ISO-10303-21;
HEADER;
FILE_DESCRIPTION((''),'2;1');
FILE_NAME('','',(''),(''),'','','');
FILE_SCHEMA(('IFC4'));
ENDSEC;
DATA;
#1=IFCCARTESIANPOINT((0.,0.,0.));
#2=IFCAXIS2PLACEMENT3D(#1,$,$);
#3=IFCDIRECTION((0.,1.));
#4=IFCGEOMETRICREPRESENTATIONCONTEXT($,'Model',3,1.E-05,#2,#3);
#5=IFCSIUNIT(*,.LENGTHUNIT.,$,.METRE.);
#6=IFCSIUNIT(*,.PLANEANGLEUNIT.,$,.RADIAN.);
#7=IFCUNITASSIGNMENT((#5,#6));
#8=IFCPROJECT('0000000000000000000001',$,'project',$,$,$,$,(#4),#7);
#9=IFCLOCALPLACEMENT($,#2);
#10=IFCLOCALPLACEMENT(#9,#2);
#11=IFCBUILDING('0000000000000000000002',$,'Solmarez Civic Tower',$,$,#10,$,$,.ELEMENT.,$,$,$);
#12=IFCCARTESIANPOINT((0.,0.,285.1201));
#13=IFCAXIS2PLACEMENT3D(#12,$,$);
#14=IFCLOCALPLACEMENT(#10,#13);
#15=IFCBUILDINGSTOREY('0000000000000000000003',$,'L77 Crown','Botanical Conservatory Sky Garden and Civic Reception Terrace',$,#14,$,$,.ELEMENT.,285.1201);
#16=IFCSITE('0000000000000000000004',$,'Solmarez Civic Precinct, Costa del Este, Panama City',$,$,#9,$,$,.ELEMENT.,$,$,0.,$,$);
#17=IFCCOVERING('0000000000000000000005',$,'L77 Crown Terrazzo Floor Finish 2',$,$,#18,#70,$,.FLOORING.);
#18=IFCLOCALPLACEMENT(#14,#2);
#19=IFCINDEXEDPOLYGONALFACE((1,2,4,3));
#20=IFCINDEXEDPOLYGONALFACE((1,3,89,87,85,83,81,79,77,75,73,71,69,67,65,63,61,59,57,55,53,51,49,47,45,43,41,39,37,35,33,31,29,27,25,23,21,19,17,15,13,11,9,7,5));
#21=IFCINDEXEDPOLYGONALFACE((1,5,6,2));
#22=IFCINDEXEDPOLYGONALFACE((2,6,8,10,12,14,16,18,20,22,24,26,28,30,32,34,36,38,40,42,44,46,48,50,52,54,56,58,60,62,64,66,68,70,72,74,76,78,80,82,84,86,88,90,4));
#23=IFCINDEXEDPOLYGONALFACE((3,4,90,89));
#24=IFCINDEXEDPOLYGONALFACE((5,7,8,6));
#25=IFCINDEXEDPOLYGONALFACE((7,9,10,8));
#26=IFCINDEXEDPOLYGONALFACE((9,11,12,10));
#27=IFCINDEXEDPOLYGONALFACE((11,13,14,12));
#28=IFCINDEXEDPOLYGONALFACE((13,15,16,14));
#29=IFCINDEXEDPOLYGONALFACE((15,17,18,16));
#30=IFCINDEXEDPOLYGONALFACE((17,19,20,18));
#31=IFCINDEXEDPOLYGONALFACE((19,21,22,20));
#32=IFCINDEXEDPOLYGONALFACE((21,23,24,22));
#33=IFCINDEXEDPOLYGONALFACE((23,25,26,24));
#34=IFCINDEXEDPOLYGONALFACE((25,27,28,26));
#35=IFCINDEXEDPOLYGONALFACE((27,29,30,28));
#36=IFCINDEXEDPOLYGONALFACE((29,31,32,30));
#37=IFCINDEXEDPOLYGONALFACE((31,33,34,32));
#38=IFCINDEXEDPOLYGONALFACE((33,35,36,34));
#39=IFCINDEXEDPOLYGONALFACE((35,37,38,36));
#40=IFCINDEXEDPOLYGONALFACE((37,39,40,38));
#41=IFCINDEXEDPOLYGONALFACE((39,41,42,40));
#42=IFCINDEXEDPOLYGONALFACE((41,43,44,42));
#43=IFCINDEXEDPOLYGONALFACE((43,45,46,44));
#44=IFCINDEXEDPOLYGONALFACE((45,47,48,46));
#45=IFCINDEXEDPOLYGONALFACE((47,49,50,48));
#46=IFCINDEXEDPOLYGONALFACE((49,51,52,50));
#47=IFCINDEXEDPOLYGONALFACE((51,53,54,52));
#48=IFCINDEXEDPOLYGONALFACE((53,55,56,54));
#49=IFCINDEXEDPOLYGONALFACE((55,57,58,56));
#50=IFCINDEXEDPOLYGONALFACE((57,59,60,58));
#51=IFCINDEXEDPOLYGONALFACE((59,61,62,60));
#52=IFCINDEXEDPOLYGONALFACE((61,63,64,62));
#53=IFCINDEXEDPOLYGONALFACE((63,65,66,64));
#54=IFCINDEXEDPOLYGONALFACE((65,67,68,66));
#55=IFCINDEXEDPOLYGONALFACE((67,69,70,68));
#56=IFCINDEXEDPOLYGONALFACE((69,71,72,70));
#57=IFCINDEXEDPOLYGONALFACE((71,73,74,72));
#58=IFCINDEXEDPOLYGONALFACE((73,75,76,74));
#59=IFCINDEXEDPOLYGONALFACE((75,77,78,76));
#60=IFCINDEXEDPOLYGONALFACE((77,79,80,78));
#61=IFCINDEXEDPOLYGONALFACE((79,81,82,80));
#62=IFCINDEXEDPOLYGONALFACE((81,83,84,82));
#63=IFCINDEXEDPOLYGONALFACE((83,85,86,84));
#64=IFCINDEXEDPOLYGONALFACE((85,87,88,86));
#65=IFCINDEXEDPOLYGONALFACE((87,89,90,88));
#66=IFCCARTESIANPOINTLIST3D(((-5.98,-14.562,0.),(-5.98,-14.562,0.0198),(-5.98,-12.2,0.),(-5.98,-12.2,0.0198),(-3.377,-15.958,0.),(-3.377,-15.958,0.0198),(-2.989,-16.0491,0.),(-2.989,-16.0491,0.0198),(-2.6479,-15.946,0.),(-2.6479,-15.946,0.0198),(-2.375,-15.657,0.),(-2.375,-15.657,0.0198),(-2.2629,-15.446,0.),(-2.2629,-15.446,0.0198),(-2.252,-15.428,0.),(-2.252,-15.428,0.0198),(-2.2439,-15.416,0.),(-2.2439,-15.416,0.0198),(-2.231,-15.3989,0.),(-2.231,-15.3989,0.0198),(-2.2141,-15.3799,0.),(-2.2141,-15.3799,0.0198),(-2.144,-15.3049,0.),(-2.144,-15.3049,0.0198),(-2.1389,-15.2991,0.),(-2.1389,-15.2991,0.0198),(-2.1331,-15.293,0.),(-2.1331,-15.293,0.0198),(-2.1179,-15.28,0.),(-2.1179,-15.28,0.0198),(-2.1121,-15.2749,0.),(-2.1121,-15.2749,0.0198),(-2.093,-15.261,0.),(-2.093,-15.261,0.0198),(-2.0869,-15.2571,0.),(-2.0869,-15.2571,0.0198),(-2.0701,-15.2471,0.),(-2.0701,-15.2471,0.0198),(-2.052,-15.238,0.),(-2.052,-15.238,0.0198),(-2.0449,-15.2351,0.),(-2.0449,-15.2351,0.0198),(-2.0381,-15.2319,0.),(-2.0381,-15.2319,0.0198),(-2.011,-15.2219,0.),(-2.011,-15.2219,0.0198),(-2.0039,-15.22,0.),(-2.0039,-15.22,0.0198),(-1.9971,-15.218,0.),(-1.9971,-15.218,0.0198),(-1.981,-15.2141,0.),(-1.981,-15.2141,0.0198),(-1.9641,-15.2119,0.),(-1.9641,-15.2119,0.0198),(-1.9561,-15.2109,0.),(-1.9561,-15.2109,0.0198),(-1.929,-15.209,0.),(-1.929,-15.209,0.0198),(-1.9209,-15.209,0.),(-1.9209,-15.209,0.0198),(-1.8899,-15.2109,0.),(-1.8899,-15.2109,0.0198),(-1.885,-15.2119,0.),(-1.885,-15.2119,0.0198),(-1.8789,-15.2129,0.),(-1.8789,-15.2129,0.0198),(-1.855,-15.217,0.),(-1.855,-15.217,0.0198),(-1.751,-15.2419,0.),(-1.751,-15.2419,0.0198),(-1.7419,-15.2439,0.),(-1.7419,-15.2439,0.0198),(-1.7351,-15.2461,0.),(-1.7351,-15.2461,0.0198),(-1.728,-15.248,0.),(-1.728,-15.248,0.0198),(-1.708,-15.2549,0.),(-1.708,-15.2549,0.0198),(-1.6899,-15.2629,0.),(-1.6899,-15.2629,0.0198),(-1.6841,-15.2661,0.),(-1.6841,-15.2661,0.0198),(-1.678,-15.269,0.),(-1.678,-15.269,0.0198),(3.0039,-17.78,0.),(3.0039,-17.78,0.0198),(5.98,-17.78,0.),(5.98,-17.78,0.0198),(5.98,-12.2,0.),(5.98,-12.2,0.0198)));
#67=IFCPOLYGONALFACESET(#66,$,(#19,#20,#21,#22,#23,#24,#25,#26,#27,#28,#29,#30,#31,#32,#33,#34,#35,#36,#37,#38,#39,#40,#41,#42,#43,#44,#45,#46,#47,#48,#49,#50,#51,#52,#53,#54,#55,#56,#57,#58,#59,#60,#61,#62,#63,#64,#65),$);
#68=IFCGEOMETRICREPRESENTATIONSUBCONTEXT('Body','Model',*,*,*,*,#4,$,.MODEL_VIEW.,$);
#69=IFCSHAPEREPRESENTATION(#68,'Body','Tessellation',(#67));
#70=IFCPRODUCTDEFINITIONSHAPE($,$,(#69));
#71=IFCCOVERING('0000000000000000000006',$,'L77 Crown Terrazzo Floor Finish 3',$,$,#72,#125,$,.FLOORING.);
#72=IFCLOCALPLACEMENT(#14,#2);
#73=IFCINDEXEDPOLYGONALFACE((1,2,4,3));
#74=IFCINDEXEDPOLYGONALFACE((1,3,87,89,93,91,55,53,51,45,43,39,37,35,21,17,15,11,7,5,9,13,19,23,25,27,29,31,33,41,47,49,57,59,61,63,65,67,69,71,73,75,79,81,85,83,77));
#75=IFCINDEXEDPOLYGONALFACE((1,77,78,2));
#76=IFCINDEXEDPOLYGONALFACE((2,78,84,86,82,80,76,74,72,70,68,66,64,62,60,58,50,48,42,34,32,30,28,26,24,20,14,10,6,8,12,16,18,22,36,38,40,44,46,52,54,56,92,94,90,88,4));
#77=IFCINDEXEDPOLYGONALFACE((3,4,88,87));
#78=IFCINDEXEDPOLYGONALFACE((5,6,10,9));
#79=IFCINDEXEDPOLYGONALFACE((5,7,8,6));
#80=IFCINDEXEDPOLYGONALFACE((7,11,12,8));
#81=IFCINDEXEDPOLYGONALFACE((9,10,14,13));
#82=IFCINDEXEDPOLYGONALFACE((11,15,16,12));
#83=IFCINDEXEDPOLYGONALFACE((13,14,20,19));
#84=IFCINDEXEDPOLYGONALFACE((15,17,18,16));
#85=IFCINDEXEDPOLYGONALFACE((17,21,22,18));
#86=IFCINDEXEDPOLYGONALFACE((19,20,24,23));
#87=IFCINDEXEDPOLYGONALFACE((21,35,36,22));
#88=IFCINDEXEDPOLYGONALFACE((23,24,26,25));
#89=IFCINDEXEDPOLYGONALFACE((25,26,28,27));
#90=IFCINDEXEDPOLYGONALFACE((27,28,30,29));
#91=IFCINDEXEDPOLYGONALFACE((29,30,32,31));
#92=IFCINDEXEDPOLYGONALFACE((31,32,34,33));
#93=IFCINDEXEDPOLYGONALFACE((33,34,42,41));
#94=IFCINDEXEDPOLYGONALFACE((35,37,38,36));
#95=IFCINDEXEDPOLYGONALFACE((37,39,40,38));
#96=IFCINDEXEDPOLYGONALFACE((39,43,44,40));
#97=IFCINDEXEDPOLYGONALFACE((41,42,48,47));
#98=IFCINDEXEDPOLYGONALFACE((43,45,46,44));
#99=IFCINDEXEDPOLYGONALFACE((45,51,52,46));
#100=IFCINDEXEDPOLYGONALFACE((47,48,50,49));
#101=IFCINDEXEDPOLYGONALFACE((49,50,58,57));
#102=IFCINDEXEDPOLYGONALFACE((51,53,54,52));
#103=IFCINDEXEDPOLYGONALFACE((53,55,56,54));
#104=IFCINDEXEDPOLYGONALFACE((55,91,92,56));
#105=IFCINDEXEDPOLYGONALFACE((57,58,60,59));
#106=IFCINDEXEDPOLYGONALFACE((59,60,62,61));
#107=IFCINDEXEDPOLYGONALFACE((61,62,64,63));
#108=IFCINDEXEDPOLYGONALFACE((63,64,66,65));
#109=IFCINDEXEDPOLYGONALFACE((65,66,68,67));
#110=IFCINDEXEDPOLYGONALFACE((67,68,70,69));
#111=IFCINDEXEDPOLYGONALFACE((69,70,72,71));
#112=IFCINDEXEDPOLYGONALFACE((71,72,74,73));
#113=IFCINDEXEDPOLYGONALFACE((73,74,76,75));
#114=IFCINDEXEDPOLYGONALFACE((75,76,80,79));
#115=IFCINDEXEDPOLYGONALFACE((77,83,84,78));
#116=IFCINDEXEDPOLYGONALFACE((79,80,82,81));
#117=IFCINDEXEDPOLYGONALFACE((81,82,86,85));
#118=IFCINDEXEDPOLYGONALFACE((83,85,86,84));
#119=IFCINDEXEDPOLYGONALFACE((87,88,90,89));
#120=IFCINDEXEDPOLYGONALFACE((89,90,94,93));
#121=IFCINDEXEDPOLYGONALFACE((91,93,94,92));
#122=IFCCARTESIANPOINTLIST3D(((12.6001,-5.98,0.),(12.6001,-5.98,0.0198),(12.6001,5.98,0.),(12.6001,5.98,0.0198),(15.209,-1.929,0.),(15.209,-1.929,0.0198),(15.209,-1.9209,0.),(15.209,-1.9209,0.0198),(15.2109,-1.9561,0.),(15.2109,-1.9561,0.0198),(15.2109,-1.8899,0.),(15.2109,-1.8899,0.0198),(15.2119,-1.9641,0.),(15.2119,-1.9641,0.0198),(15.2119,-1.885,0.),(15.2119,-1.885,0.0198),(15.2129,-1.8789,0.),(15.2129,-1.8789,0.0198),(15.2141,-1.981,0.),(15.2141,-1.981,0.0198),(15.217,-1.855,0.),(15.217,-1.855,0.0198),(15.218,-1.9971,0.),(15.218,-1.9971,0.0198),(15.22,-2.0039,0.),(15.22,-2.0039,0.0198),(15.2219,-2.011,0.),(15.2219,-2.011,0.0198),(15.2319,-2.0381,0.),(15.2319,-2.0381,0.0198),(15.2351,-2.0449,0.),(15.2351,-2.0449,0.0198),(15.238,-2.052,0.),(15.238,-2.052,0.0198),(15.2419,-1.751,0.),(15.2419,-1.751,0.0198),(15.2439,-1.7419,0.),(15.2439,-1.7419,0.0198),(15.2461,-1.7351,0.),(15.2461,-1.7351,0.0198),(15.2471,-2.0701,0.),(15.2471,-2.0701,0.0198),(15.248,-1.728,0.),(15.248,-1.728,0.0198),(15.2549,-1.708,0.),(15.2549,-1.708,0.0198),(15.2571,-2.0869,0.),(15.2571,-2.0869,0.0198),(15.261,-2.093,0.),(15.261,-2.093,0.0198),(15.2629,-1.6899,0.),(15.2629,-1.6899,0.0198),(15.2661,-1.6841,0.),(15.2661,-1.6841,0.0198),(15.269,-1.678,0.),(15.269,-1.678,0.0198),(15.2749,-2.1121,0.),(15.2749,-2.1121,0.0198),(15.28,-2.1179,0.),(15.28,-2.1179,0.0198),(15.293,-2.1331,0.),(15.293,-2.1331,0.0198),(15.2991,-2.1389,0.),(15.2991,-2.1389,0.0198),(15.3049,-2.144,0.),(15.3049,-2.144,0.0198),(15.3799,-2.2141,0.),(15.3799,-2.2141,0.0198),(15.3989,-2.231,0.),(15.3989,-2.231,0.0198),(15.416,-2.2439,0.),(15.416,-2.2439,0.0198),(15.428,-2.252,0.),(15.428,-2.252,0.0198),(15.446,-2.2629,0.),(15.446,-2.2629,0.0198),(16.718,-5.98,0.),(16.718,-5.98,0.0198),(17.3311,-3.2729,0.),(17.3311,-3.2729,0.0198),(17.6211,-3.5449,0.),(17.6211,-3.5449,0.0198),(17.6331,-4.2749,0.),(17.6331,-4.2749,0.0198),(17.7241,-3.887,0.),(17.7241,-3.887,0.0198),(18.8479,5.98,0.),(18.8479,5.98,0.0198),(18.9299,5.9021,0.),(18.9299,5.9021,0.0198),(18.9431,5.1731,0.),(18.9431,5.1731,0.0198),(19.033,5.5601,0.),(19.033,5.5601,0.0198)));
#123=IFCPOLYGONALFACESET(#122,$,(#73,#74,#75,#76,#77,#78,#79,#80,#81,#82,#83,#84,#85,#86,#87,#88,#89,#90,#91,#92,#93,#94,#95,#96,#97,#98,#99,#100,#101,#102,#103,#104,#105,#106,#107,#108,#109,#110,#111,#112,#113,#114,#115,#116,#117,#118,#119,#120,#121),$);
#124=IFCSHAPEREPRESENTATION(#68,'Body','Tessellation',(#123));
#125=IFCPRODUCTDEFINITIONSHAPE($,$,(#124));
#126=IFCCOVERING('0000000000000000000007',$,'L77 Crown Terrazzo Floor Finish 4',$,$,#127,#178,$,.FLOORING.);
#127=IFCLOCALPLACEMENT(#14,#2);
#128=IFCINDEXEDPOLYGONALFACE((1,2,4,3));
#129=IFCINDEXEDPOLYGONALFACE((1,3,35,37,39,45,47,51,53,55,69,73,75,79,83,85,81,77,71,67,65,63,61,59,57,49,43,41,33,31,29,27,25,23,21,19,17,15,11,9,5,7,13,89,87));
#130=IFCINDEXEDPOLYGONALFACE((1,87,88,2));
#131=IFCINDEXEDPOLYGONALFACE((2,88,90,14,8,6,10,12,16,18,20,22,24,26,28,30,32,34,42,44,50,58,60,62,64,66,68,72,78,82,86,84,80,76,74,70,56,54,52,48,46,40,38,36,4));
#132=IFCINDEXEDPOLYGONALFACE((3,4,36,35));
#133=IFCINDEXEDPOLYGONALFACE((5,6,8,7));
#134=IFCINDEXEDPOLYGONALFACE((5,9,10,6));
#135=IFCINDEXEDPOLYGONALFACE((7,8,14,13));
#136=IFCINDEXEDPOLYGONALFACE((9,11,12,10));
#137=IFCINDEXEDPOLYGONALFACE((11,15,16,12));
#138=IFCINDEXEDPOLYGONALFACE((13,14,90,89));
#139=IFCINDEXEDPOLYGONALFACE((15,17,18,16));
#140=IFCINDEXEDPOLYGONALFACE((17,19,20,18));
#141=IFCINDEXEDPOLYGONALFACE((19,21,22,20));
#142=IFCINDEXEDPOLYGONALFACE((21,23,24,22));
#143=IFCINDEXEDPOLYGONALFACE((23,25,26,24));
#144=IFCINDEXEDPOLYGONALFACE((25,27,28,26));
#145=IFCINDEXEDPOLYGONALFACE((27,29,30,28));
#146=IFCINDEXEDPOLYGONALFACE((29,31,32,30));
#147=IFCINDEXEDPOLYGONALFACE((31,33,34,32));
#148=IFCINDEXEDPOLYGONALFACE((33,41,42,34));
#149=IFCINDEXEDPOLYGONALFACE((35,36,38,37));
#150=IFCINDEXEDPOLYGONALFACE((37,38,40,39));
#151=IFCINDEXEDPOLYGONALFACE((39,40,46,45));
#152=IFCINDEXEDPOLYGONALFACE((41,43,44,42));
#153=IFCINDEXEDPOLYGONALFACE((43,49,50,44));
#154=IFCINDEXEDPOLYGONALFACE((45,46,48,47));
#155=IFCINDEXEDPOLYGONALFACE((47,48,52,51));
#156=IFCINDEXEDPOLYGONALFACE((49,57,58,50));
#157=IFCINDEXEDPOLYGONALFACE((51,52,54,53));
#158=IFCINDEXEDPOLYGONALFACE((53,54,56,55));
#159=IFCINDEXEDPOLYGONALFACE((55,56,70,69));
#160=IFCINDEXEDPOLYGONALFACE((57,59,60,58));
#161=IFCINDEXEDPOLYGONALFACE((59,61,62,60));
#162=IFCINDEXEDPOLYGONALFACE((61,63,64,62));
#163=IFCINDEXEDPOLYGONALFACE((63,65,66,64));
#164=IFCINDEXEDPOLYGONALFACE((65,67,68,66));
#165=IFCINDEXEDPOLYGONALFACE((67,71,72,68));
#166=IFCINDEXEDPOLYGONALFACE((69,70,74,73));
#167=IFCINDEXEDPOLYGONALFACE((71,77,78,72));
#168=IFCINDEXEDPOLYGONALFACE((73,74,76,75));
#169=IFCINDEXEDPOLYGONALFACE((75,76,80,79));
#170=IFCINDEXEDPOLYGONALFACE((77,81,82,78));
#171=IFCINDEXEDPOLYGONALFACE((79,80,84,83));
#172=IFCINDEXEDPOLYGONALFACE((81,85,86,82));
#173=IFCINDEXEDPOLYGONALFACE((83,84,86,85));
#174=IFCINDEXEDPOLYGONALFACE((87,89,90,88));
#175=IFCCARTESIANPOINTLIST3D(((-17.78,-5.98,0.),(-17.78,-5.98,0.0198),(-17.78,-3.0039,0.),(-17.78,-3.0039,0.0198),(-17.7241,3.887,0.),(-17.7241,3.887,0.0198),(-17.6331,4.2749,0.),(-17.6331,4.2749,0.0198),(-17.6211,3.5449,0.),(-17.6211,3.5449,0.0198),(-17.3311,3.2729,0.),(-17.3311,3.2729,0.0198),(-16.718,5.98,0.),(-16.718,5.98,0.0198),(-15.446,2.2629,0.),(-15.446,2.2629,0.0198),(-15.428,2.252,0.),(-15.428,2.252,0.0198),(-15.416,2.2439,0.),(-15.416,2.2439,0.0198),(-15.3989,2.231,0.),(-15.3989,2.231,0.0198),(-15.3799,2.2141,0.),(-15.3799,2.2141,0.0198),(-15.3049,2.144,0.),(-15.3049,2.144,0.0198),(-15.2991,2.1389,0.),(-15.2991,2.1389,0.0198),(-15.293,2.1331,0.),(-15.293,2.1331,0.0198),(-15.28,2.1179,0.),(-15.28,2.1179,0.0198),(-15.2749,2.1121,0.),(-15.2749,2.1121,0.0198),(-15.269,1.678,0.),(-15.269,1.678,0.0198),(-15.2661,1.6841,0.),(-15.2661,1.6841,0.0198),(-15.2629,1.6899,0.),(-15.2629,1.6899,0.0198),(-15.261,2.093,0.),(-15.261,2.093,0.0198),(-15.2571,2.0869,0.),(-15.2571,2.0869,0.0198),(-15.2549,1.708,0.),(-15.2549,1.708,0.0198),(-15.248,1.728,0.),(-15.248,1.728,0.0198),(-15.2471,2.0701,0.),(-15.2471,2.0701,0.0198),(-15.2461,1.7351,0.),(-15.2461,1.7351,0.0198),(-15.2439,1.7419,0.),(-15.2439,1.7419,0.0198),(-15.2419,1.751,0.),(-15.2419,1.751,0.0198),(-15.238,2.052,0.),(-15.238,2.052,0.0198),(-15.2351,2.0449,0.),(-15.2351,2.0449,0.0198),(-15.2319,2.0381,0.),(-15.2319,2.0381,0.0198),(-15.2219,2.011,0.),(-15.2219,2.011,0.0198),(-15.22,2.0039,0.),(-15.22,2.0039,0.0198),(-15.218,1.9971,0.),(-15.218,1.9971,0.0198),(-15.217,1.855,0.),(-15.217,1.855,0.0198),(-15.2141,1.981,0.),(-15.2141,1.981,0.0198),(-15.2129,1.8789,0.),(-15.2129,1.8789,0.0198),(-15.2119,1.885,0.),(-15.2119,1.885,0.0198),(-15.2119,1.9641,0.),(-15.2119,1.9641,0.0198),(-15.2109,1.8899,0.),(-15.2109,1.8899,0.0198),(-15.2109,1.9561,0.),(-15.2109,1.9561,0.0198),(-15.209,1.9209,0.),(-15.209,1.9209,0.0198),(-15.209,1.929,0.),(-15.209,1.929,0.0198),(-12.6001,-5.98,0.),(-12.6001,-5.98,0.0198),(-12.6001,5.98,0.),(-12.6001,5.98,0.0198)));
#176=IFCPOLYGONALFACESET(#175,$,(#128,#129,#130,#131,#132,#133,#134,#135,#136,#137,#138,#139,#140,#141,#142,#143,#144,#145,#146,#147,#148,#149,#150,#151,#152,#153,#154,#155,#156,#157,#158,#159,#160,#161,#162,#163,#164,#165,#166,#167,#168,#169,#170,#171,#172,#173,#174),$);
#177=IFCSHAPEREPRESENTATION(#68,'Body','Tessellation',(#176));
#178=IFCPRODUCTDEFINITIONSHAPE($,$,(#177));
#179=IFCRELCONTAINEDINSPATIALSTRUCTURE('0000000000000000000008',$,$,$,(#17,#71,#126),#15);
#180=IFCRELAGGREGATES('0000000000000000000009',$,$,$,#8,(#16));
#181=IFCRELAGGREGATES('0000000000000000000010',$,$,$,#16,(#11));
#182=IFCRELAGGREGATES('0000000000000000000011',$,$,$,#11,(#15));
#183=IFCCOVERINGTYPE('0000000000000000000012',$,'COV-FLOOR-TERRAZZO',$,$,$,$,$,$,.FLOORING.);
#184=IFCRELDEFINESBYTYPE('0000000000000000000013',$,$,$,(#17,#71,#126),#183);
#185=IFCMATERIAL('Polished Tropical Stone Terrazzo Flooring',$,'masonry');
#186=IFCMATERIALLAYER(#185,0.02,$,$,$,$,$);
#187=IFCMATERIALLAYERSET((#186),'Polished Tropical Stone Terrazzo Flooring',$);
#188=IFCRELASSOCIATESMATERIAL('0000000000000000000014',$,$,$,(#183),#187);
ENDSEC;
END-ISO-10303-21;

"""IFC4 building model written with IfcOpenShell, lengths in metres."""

from ifc_helpers import new_model, si_unit, direction, frame, origin, place, context, subcontext, project, spatial, polyline, outline, extrude, material, layer, layer_set, type_object, element, save


model = new_model("IFC4")

# Units and contexts
model_context = context("Model", 3, precision=1e-05, world=origin(), true_north=direction((0.0, 1.0)))
body_context = subcontext(model_context, "Body", "Model", "MODEL_VIEW")
ifc_project = project(units=[si_unit("LENGTHUNIT", "METRE"), si_unit("PLANEANGLEUNIT", "RADIAN")], contexts=[model_context])

# Site, building, storey
site_placement = place(None, origin())
site = spatial("IfcSite", under=ifc_project, at=site_placement, Name="Solmarez Civic Precinct, Costa del Este, Panama City", CompositionType="ELEMENT", RefElevation=0.0)
building_placement = place(site_placement, origin())
building = spatial("IfcBuilding", under=site, at=building_placement, Name="Solmarez Civic Tower", CompositionType="ELEMENT")
storey_placement = place(building_placement, frame((0.0, 0.0, 285.1201)))
storey = spatial("IfcBuildingStorey", under=building, at=storey_placement, Name="L77 Crown", Description="Botanical Conservatory Sky Garden and Civic Reception Terrace", CompositionType="ELEMENT", Elevation=285.1201)

# Coverings
ifc_material_1 = material(Name="Polished Tropical Stone Terrazzo Flooring", Category="masonry")
ifc_layer_1 = layer(ifc_material_1, 0.02)
ifc_layer_set_1 = layer_set([ifc_layer_1], Name="Polished Tropical Stone Terrazzo Flooring")
covering_type_1 = type_object("IfcCoveringType", Name="COV-FLOOR-TERRAZZO", PredefinedType="FLOORING", material=ifc_layer_set_1)
covering_1_placement = place(storey_placement, origin())
element("IfcCovering", 1, at=covering_1_placement, inside=storey, type_object=covering_type_1, Name="L77 Crown Terrazzo Floor Finish 2", PredefinedType="FLOORING", context=body_context, shape_type="SweptSolid", body=[
    extrude(outline(polyline([(5.98, -12.2), (-5.98, -12.2), (-5.98, -14.562), (-3.377, -15.958), (-2.989, -16.0491), (-2.6479, -15.946), (-2.375, -15.657), (-2.2629, -15.446), (-2.252, -15.428), (-2.2439, -15.416), (-2.231, -15.3989), (-2.2141, -15.3799), (-2.144, -15.3049), (-2.1389, -15.2991), (-2.1331, -15.293), (-2.1179, -15.28), (-2.1121, -15.2749), (-2.093, -15.261), (-2.0869, -15.2571), (-2.0701, -15.2471), (-2.052, -15.238), (-2.0449, -15.2351), (-2.0381, -15.2319), (-2.011, -15.2219), (-2.0039, -15.22), (-1.9971, -15.218), (-1.981, -15.2141), (-1.9641, -15.2119), (-1.9561, -15.2109), (-1.929, -15.209), (-1.9209, -15.209), (-1.8899, -15.2109), (-1.885, -15.2119), (-1.8789, -15.2129), (-1.855, -15.217), (-1.751, -15.2419), (-1.7419, -15.2439), (-1.7351, -15.2461), (-1.728, -15.248), (-1.708, -15.2549), (-1.6899, -15.2629), (-1.6841, -15.2661), (-1.678, -15.269), (3.0039, -17.78), (5.98, -17.78), (5.98, -12.2)])), origin(), (0.0, 0.0, 1.0), 0.0198),
])
covering_2_placement = place(storey_placement, origin())
element("IfcCovering", 2, at=covering_2_placement, inside=storey, type_object=covering_type_1, Name="L77 Crown Terrazzo Floor Finish 3", PredefinedType="FLOORING", context=body_context, shape_type="SweptSolid", body=[
    extrude(outline(polyline([(12.6001, 5.98), (12.6001, -5.98), (16.718, -5.98), (17.6331, -4.2749), (17.7241, -3.887), (17.6211, -3.5449), (17.3311, -3.2729), (15.446, -2.2629), (15.428, -2.252), (15.416, -2.2439), (15.3989, -2.231), (15.3799, -2.2141), (15.3049, -2.144), (15.2991, -2.1389), (15.293, -2.1331), (15.28, -2.1179), (15.2749, -2.1121), (15.261, -2.093), (15.2571, -2.0869), (15.2471, -2.0701), (15.238, -2.052), (15.2351, -2.0449), (15.2319, -2.0381), (15.2219, -2.011), (15.22, -2.0039), (15.218, -1.9971), (15.2141, -1.981), (15.2119, -1.9641), (15.2109, -1.9561), (15.209, -1.929), (15.209, -1.9209), (15.2109, -1.8899), (15.2119, -1.885), (15.2129, -1.8789), (15.217, -1.855), (15.2419, -1.751), (15.2439, -1.7419), (15.2461, -1.7351), (15.248, -1.728), (15.2549, -1.708), (15.2629, -1.6899), (15.2661, -1.6841), (15.269, -1.678), (18.9431, 5.1731), (19.033, 5.5601), (18.9299, 5.9021), (18.8479, 5.98), (12.6001, 5.98)])), origin(), (0.0, 0.0, 1.0), 0.0198),
])
covering_3_placement = place(storey_placement, origin())
element("IfcCovering", 3, at=covering_3_placement, inside=storey, type_object=covering_type_1, Name="L77 Crown Terrazzo Floor Finish 4", PredefinedType="FLOORING", context=body_context, shape_type="SweptSolid", body=[
    extrude(outline(polyline([(-12.6001, -5.98), (-12.6001, 5.98), (-16.718, 5.98), (-17.6331, 4.2749), (-17.7241, 3.887), (-17.6211, 3.5449), (-17.3311, 3.2729), (-15.446, 2.2629), (-15.428, 2.252), (-15.416, 2.2439), (-15.3989, 2.231), (-15.3799, 2.2141), (-15.3049, 2.144), (-15.2991, 2.1389), (-15.293, 2.1331), (-15.28, 2.1179), (-15.2749, 2.1121), (-15.261, 2.093), (-15.2571, 2.0869), (-15.2471, 2.0701), (-15.238, 2.052), (-15.2351, 2.0449), (-15.2319, 2.0381), (-15.2219, 2.011), (-15.22, 2.0039), (-15.218, 1.9971), (-15.2141, 1.981), (-15.2119, 1.9641), (-15.2109, 1.9561), (-15.209, 1.929), (-15.209, 1.9209), (-15.2109, 1.8899), (-15.2119, 1.885), (-15.2129, 1.8789), (-15.217, 1.855), (-15.2419, 1.751), (-15.2439, 1.7419), (-15.2461, 1.7351), (-15.248, 1.728), (-15.2549, 1.708), (-15.2629, 1.6899), (-15.2661, 1.6841), (-15.269, 1.678), (-17.78, -3.0039), (-17.78, -5.98), (-12.6001, -5.98)])), origin(), (0.0, 0.0, 1.0), 0.0198),
])

save(model, "model.ifc")
